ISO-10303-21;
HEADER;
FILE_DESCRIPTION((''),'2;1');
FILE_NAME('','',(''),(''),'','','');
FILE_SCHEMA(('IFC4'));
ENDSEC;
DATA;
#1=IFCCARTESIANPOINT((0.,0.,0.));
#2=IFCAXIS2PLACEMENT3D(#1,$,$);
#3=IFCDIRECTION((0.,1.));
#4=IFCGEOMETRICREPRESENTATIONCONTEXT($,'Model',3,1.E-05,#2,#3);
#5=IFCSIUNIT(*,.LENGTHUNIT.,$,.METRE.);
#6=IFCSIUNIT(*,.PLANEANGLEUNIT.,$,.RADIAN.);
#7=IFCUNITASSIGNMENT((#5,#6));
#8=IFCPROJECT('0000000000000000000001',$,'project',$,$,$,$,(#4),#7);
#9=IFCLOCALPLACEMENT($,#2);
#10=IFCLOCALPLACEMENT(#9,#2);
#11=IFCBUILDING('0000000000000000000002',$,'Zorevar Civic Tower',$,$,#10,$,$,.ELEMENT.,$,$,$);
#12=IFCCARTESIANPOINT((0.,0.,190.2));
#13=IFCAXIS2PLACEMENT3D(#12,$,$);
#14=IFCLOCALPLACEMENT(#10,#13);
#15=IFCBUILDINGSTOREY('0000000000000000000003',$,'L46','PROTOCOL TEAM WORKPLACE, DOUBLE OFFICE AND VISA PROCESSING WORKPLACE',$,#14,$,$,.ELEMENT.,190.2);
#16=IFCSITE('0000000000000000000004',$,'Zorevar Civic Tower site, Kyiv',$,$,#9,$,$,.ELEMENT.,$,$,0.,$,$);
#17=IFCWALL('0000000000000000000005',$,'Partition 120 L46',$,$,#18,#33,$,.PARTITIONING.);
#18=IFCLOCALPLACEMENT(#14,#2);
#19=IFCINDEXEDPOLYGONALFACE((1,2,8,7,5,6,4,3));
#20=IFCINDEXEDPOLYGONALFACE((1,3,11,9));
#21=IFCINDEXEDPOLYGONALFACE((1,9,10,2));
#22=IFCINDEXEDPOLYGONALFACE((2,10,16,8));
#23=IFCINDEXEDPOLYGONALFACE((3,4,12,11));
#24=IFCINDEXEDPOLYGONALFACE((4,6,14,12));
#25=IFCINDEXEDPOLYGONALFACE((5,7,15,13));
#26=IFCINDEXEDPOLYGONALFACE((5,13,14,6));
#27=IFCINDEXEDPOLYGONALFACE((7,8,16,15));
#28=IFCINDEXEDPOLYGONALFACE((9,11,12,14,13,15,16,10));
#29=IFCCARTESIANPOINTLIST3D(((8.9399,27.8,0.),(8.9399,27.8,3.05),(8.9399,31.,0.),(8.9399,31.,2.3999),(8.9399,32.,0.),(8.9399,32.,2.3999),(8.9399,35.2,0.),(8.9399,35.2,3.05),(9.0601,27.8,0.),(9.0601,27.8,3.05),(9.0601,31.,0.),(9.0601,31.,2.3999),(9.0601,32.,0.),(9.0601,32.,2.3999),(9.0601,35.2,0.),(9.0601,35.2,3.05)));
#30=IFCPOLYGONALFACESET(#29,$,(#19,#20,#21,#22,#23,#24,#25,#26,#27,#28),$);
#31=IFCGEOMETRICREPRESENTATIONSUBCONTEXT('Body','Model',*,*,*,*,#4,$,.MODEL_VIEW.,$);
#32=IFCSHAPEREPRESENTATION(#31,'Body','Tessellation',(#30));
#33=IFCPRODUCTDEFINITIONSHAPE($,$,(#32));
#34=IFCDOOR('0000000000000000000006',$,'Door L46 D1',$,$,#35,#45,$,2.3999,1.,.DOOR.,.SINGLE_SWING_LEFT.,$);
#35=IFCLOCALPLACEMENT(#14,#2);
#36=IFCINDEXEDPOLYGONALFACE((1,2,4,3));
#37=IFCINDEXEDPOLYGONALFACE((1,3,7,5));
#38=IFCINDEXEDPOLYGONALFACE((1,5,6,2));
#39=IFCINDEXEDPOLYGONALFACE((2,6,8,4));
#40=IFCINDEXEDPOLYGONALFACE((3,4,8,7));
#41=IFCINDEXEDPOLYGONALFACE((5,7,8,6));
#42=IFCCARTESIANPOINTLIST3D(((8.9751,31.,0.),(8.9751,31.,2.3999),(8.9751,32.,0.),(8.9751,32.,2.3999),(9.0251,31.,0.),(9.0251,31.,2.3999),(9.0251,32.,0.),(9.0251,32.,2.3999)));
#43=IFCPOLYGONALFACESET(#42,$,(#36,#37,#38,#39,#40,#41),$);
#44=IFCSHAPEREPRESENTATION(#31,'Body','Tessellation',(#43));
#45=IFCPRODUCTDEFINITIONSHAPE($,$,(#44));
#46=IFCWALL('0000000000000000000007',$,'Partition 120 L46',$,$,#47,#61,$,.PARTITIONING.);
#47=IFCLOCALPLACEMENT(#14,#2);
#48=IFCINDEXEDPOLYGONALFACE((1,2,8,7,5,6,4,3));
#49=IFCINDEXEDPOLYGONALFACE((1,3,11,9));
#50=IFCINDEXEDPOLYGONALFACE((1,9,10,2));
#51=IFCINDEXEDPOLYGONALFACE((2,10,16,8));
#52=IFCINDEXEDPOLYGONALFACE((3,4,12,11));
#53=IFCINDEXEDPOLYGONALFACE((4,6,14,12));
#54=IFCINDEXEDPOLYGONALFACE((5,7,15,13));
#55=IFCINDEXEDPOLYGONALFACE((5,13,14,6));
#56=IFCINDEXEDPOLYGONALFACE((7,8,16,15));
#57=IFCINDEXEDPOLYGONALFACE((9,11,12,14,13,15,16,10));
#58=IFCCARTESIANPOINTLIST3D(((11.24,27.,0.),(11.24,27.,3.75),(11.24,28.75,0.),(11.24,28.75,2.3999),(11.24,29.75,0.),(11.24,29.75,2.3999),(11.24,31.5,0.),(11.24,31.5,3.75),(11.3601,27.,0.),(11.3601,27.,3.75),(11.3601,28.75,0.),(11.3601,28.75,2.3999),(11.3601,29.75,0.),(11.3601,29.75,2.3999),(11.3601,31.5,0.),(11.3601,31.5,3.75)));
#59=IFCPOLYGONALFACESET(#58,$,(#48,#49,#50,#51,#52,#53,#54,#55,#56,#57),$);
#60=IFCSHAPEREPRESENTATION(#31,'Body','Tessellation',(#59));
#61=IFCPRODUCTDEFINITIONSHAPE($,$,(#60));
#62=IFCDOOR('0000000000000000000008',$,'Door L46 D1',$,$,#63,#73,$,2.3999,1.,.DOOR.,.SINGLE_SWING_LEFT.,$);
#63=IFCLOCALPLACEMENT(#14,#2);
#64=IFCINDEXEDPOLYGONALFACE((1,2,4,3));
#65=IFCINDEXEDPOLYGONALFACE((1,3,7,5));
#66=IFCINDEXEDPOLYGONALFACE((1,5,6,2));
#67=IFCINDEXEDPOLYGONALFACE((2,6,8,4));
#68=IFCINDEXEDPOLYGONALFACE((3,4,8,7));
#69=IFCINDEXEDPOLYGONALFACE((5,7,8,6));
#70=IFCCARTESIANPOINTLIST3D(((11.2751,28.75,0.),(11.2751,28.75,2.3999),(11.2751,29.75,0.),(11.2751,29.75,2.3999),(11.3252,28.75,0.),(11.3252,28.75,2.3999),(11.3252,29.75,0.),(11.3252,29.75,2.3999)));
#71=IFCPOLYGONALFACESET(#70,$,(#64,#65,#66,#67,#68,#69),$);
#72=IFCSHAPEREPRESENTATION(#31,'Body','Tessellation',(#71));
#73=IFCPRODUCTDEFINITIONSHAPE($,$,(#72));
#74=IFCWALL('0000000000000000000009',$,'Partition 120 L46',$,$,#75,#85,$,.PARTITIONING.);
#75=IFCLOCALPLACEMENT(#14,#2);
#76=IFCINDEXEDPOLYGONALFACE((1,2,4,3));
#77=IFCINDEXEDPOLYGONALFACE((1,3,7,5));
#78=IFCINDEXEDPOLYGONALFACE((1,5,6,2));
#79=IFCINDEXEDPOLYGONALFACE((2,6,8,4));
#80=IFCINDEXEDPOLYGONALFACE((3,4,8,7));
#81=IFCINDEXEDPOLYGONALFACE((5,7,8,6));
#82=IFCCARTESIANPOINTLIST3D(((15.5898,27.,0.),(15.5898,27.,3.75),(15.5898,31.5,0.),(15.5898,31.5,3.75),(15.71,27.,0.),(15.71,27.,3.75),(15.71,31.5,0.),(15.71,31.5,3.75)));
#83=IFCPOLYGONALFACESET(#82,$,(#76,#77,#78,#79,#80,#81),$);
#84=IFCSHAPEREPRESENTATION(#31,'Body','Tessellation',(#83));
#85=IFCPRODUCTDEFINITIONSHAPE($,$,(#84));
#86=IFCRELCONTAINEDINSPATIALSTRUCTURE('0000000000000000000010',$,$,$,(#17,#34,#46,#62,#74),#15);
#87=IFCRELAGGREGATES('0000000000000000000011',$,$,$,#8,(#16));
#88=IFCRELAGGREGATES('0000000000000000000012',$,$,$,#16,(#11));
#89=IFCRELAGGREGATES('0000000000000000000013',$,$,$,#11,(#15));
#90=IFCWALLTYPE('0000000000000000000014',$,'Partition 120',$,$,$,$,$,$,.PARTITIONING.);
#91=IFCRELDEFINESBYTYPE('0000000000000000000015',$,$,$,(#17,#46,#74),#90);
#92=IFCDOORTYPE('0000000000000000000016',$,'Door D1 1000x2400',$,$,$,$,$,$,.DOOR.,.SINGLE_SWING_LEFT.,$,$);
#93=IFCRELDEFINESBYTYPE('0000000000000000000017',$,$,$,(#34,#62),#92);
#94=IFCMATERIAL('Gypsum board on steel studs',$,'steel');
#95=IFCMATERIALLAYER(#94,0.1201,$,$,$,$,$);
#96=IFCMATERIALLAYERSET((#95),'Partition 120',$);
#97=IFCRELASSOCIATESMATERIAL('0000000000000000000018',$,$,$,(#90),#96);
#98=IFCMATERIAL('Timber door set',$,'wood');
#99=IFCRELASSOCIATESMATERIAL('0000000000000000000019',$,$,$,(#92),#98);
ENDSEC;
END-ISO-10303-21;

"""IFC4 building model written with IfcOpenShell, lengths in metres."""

from ifc_helpers import new_model, si_unit, direction, frame, frame_2d, origin, place, context, subcontext, project, spatial, rectangle, extrude, material, layer, layer_set, type_object, element, fill, save


model = new_model("IFC4")

# Units and contexts
model_context = context("Model", 3, precision=1e-05, world=origin(), true_north=direction((0.0, 1.0)))
body_context = subcontext(model_context, "Body", "Model", "MODEL_VIEW")
ifc_project = project(units=[si_unit("LENGTHUNIT", "METRE"), si_unit("PLANEANGLEUNIT", "RADIAN")], contexts=[model_context])

# Site, building, storey
site_placement = place(None, origin())
site = spatial("IfcSite", under=ifc_project, at=site_placement, Name="Zorevar Civic Tower site, Kyiv", CompositionType="ELEMENT", RefElevation=0.0)
building_placement = place(site_placement, origin())
building = spatial("IfcBuilding", under=site, at=building_placement, Name="Zorevar Civic Tower", CompositionType="ELEMENT")
storey_placement = place(building_placement, frame((0.0, 0.0, 190.2)))
storey = spatial("IfcBuildingStorey", under=building, at=storey_placement, Name="L46", Description="PROTOCOL TEAM WORKPLACE, DOUBLE OFFICE AND VISA PROCESSING WORKPLACE", CompositionType="ELEMENT", Elevation=190.2)

# Shared definitions
ifc_material_1 = material(Name="Gypsum board on steel studs", Category="steel")
ifc_layer_1 = layer(ifc_material_1, 0.1201)
ifc_layer_set_1 = layer_set([ifc_layer_1], Name="Partition 120")
wall_type_1 = type_object("IfcWallType", Name="Partition 120", PredefinedType="PARTITIONING", material=ifc_layer_set_1)

# Walls, openings, doors
wall_1_placement = place(storey_placement, frame((9.0, 27.8, 0.0), z_axis=(0.0, 0.0, 1.0), x_axis=(0.0, 1.0, 0.0)))
wall_1 = element("IfcWall", 1, at=wall_1_placement, inside=storey, type_object=wall_type_1, Name="Partition 120 L46", PredefinedType="PARTITIONING", context=body_context, shape_type="SweptSolid", body=[
    extrude(rectangle(XDim=7.3999, YDim=0.1201, at=frame_2d((3.7, 0.0))), origin(), (0.0, 0.0, 1.0), 3.05),
])
opening_1_placement = place(wall_1_placement, frame((3.2, 0.0, 0.0)))
opening_1 = element("IfcOpeningElement", 2, at=opening_1_placement, cuts=wall_1, PredefinedType="OPENING", context=body_context, shape_type="SweptSolid", body=[
    extrude(rectangle(XDim=1.0, YDim=2.3999, at=frame_2d((0.5, 1.2))), frame((0.0, 0.0701, 0.0), z_axis=(0.0, -1.0, 0.0), x_axis=(1.0, 0.0, 0.0)), (0.0, 0.0, 1.0), 0.1401),
])
ifc_material_2 = material(Name="Timber door set", Category="wood")
door_type_1 = type_object("IfcDoorType", Name="Door D1 1000x2400", OperationType="SINGLE_SWING_LEFT", PredefinedType="DOOR", material=ifc_material_2)
door_1_placement = place(opening_1_placement, origin())
door_1 = element("IfcDoor", 3, at=door_1_placement, inside=storey, type_object=door_type_1, Name="Door L46 D1", OperationType="SINGLE_SWING_LEFT", OverallHeight=2.3999, OverallWidth=1.0, PredefinedType="DOOR", context=body_context, shape_type="SweptSolid", body=[
    extrude(rectangle(XDim=1.0, YDim=2.3999, at=frame_2d((0.5, 1.2))), frame((0.0, 0.0249, 0.0), z_axis=(0.0, -1.0, 0.0), x_axis=(1.0, 0.0, 0.0)), (0.0, 0.0, 1.0), 0.05),
])
fill(opening_1, door_1)
wall_2_placement = place(storey_placement, frame((11.3, 27.0, 0.0), z_axis=(0.0, 0.0, 1.0), x_axis=(0.0, 1.0, 0.0)))
wall_2 = element("IfcWall", 4, at=wall_2_placement, inside=storey, type_object=wall_type_1, Name="Partition 120 L46", PredefinedType="PARTITIONING", context=body_context, shape_type="SweptSolid", body=[
    extrude(rectangle(XDim=4.5, YDim=0.1201, at=frame_2d((2.25, 0.0))), origin(), (0.0, 0.0, 1.0), 3.75),
])
opening_2_placement = place(wall_2_placement, frame((1.75, 0.0, 0.0)))
opening_2 = element("IfcOpeningElement", 5, at=opening_2_placement, cuts=wall_2, PredefinedType="OPENING", context=body_context, shape_type="SweptSolid", body=[
    extrude(rectangle(XDim=1.0, YDim=2.3999, at=frame_2d((0.5, 1.2))), frame((0.0, 0.0701, 0.0), z_axis=(0.0, -1.0, 0.0), x_axis=(1.0, 0.0, 0.0)), (0.0, 0.0, 1.0), 0.1401),
])
door_2_placement = place(opening_2_placement, origin())
door_2 = element("IfcDoor", 6, at=door_2_placement, inside=storey, type_object=door_type_1, Name="Door L46 D1", OperationType="SINGLE_SWING_LEFT", OverallHeight=2.3999, OverallWidth=1.0, PredefinedType="DOOR", context=body_context, shape_type="SweptSolid", body=[
    extrude(rectangle(XDim=1.0, YDim=2.3999, at=frame_2d((0.5, 1.2))), frame((0.0, 0.0249, 0.0), z_axis=(0.0, -1.0, 0.0), x_axis=(1.0, 0.0, 0.0)), (0.0, 0.0, 1.0), 0.05),
])
fill(opening_2, door_2)

# Wall
wall_3_placement = place(storey_placement, frame((15.6499, 27.0, 0.0), z_axis=(0.0, 0.0, 1.0), x_axis=(0.0, 1.0, 0.0)))
element("IfcWall", 7, at=wall_3_placement, inside=storey, type_object=wall_type_1, Name="Partition 120 L46", PredefinedType="PARTITIONING", context=body_context, shape_type="SweptSolid", body=[
    extrude(rectangle(XDim=4.5, YDim=0.1201, at=frame_2d((2.25, 0.0))), origin(), (0.0, 0.0, 1.0), 3.75),
])

save(model, "model.ifc")
